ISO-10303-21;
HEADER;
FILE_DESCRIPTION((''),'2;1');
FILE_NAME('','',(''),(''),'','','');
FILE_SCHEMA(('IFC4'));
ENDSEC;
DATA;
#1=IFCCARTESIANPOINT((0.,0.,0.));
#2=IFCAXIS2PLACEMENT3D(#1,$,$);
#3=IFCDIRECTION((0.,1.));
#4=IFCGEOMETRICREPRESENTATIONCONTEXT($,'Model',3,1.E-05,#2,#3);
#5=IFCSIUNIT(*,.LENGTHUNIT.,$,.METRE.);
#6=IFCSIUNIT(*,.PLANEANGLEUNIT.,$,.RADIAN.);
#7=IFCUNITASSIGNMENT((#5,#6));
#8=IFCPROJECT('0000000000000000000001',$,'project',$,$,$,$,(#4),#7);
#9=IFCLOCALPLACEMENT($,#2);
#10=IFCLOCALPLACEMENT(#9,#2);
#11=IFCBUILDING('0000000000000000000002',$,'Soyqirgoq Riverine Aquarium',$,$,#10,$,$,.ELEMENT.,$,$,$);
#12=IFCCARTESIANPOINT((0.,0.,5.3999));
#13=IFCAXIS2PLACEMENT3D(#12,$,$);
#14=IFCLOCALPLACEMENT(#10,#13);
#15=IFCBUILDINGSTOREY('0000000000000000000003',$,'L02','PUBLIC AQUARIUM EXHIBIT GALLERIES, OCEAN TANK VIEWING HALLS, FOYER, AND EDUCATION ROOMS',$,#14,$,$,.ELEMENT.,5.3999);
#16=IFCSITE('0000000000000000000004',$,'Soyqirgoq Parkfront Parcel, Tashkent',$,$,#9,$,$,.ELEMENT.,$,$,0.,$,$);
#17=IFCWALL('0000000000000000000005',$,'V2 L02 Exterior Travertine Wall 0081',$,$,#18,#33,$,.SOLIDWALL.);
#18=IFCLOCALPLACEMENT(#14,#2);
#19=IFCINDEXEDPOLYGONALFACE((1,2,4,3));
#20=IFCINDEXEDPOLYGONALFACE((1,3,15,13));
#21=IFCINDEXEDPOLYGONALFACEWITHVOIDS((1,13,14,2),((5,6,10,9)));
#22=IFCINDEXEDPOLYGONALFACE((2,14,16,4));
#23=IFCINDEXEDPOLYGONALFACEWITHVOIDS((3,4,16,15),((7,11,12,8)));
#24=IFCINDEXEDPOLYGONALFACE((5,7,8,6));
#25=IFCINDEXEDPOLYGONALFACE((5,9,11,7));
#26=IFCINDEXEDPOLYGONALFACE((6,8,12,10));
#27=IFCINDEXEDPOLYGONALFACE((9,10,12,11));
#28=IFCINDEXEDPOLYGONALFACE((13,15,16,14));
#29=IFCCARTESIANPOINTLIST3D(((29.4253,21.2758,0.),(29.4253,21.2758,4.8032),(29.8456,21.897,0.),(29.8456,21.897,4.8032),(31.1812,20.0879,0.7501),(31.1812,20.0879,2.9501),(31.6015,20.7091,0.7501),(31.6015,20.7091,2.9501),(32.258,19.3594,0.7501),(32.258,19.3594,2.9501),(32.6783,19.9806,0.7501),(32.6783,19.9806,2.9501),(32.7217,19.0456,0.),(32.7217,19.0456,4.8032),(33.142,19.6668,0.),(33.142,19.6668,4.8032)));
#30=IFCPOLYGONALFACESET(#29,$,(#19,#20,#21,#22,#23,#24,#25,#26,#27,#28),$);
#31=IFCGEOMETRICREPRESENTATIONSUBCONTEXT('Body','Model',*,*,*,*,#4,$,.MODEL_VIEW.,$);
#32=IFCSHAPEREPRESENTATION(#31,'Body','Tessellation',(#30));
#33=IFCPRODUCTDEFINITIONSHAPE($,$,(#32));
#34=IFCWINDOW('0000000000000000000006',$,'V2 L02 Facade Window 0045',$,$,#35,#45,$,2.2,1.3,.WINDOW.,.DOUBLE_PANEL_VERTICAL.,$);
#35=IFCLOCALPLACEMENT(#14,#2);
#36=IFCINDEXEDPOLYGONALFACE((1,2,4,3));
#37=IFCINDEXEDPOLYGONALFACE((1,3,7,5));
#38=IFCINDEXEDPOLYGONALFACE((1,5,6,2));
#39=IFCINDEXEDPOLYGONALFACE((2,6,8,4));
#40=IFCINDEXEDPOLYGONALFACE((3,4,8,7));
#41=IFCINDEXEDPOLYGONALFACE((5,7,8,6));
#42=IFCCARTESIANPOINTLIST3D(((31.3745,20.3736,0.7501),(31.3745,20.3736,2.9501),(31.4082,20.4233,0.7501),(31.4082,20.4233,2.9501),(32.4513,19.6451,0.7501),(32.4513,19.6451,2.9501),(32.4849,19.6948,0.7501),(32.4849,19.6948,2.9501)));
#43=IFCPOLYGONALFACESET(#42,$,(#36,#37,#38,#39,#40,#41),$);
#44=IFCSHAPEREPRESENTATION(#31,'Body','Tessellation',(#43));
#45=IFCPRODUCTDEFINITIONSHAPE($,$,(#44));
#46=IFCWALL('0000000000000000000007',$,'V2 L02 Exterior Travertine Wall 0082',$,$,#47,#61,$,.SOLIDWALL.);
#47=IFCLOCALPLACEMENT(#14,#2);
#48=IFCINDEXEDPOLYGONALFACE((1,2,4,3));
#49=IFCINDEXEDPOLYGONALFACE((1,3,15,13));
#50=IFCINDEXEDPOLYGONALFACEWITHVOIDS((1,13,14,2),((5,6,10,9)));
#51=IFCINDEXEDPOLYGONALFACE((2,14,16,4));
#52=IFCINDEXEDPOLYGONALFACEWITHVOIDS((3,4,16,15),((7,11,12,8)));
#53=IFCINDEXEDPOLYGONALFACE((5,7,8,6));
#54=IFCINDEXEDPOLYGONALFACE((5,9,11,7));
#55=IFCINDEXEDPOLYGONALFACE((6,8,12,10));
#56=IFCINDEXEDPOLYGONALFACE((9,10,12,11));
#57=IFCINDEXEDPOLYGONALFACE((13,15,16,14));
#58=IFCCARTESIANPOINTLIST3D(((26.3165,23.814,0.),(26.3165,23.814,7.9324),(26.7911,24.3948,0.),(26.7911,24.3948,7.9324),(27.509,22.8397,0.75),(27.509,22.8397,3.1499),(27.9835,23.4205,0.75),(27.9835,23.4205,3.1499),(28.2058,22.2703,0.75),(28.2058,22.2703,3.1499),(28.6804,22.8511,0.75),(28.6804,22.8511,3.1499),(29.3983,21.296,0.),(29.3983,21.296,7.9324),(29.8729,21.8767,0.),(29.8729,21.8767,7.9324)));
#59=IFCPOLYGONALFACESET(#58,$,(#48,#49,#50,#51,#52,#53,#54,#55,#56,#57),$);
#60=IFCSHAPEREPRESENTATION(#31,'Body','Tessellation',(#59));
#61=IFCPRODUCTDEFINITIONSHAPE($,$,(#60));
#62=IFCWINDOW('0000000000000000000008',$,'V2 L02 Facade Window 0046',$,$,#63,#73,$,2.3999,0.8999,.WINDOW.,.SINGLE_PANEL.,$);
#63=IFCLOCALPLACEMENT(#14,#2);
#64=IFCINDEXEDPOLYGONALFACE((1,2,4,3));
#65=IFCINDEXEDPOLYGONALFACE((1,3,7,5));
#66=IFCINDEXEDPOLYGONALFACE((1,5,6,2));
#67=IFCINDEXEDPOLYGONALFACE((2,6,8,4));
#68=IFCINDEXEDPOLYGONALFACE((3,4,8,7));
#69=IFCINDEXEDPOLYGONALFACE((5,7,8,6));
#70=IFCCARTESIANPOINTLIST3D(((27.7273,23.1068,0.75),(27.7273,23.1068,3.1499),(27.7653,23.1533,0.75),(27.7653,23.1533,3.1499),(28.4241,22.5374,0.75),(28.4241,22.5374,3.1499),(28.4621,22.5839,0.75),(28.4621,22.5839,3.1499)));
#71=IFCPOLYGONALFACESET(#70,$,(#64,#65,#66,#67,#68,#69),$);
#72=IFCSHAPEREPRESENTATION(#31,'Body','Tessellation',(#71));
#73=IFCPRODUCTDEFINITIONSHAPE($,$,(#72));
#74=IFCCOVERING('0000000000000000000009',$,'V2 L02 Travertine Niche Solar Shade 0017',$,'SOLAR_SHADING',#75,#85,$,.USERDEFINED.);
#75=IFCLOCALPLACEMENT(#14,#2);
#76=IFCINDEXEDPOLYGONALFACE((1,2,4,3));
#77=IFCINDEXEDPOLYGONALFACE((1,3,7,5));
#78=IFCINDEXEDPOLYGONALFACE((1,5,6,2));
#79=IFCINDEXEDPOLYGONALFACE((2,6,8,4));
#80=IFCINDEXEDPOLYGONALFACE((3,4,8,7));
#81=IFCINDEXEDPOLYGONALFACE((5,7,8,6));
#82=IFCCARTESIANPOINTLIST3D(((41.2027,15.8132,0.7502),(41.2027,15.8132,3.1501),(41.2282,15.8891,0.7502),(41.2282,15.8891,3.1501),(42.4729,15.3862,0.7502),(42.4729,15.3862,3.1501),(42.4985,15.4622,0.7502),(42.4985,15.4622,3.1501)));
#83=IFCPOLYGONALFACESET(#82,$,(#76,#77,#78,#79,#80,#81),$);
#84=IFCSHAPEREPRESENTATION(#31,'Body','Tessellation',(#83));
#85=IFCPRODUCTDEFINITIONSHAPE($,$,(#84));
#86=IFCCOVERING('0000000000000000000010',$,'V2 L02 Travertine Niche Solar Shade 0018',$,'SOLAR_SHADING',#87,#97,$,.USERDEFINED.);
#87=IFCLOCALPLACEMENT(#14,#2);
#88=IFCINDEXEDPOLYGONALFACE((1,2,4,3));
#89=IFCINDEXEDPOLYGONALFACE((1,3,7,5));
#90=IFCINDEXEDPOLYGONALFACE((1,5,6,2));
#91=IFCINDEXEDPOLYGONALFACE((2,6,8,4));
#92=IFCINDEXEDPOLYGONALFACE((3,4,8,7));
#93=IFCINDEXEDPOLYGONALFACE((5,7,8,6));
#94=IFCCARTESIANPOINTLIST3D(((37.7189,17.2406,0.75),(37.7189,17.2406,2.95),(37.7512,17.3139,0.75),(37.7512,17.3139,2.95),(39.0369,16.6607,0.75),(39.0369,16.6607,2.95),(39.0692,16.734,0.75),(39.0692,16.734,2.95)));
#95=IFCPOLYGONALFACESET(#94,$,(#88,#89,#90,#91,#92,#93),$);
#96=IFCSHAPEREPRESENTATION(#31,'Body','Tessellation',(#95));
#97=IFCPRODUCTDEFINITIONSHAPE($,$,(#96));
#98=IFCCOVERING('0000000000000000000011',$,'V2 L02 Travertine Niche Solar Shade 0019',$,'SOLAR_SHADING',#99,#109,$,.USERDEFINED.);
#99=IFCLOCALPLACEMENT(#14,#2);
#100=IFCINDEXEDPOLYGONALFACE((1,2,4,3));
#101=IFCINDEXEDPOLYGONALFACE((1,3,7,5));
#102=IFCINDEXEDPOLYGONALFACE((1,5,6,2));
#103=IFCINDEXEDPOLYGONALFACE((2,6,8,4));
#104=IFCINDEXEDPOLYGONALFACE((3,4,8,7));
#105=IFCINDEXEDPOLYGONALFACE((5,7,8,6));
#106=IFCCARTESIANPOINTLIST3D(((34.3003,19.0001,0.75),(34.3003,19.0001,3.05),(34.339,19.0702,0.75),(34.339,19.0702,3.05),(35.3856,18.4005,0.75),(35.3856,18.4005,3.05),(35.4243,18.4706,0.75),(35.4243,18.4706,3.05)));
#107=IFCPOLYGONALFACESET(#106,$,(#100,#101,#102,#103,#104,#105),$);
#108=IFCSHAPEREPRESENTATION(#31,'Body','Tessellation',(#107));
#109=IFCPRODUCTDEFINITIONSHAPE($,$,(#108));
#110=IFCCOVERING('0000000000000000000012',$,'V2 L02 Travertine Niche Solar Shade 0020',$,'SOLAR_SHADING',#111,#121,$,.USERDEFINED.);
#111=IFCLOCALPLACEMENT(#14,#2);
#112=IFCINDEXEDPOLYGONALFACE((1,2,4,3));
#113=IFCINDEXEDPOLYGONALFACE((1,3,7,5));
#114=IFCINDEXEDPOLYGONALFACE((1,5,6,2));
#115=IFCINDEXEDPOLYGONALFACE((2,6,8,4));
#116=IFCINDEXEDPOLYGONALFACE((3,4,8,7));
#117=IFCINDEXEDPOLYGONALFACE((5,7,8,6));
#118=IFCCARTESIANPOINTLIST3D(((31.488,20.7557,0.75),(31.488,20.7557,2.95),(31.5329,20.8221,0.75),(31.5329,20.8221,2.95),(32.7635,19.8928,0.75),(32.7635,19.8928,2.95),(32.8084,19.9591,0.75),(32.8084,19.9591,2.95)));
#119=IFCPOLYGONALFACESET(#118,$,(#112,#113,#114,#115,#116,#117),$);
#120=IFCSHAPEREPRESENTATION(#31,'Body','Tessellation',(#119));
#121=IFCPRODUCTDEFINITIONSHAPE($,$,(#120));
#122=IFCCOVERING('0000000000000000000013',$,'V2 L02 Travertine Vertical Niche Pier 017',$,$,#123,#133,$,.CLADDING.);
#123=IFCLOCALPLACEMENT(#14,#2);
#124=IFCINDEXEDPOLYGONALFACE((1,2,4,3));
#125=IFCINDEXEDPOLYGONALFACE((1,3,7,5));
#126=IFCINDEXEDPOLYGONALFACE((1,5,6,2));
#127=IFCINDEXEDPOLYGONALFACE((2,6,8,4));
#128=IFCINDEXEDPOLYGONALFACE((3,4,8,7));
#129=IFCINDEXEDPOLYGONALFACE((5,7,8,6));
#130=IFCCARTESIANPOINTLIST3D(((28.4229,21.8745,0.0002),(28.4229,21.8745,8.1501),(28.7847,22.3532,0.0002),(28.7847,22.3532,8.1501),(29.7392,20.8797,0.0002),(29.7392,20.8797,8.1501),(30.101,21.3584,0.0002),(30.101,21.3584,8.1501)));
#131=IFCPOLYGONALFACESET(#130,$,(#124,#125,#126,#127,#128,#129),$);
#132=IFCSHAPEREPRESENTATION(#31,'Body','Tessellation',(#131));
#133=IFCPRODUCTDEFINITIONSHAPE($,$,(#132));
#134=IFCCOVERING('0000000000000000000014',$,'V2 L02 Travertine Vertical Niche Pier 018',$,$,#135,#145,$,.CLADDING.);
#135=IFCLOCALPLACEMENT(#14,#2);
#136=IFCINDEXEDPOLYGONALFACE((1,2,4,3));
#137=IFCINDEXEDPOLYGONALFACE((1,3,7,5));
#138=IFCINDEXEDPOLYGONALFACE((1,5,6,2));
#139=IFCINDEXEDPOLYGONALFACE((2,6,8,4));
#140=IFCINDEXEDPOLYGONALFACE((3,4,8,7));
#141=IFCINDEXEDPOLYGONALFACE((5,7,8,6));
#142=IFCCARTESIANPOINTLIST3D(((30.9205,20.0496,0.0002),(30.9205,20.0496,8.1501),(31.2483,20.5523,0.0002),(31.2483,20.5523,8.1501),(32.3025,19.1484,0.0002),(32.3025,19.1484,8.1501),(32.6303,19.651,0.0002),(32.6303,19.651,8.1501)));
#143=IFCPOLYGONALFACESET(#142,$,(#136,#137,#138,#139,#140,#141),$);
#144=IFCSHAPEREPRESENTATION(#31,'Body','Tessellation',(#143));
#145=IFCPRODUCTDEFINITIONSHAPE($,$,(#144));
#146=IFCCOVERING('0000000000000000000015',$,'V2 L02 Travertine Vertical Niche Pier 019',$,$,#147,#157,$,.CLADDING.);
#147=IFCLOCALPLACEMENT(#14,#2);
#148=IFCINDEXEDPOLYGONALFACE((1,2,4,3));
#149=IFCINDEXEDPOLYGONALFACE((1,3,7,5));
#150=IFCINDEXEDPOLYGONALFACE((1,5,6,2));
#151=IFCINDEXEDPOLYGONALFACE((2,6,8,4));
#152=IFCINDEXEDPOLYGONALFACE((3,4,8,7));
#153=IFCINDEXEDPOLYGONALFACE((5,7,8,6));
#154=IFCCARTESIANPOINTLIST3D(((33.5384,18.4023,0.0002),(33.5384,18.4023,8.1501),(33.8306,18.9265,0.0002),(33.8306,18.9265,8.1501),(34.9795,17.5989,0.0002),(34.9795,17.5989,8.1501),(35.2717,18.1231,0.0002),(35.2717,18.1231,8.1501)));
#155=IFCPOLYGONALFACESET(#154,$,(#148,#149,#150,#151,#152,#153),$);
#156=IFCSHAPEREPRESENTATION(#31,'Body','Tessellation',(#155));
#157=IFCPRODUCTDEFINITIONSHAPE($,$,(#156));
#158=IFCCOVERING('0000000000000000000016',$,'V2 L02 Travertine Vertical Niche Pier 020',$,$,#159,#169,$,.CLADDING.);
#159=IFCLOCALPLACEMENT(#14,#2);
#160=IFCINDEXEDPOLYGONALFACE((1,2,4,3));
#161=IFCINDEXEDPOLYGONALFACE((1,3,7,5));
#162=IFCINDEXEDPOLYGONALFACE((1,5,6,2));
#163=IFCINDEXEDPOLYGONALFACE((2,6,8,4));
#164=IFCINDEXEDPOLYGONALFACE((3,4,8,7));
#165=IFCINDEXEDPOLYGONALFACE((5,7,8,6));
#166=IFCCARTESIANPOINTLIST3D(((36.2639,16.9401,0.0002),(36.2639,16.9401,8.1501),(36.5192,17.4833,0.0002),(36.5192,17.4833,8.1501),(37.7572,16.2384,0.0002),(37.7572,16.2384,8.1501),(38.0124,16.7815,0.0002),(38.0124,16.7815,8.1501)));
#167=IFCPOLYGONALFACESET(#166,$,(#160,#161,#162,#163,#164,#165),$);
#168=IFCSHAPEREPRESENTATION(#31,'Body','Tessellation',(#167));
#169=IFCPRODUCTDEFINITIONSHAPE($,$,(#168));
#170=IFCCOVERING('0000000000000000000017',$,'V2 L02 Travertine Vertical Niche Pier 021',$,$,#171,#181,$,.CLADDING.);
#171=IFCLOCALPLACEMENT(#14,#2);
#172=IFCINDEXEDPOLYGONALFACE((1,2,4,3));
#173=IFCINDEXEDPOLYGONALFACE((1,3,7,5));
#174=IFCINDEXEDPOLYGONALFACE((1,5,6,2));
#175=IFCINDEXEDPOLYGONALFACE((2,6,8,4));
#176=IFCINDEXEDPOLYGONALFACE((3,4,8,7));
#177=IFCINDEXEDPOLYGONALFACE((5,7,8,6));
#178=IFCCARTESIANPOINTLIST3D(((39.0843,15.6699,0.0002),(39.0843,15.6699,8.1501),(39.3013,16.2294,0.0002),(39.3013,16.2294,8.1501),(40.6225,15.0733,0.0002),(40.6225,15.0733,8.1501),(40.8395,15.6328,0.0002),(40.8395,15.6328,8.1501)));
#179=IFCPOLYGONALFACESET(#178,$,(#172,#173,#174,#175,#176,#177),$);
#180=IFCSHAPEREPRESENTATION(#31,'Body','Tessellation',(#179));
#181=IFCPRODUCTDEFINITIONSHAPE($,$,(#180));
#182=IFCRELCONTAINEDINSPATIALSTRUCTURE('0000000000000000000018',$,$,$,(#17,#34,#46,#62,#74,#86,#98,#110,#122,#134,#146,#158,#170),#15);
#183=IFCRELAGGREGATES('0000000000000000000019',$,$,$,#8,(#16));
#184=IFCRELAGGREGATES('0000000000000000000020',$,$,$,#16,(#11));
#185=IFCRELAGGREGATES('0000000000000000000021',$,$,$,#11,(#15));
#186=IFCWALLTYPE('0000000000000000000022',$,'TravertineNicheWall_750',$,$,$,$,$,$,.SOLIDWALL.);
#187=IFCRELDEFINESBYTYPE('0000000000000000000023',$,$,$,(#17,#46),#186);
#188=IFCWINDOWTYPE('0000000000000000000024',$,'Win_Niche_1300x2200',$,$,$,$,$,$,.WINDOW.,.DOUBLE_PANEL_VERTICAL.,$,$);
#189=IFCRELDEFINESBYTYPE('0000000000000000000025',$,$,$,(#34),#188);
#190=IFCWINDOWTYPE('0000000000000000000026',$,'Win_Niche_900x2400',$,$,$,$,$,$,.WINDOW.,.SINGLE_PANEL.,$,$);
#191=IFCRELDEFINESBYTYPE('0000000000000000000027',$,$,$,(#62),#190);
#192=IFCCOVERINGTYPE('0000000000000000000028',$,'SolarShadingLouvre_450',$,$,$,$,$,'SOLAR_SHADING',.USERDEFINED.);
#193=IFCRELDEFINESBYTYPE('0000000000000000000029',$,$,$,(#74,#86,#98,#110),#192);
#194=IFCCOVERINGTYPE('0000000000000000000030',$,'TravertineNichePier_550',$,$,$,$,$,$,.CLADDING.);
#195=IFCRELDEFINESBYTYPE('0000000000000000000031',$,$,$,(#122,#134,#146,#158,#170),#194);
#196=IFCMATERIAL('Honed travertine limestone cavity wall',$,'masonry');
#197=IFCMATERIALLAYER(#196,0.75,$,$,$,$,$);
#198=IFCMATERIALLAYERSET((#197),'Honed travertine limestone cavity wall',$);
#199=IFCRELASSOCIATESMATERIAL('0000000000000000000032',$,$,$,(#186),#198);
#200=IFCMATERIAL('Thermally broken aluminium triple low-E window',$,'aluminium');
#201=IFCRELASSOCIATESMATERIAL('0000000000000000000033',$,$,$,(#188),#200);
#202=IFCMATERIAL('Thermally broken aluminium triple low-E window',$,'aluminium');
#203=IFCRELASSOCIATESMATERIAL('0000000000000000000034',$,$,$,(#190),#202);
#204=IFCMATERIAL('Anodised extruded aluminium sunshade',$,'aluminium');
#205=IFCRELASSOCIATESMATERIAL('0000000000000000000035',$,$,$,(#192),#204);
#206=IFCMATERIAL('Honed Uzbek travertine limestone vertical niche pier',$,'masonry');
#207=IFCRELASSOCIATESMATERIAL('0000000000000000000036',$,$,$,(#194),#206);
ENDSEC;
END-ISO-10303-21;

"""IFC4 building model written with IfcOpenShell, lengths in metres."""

from ifc_helpers import new_model, si_unit, direction, frame, frame_2d, origin, origin_2d, place, context, subcontext, project, spatial, rectangle, extrude, material, layer, layer_set, type_object, element, fill, save


model = new_model("IFC4")

# Units and contexts
model_context = context("Model", 3, precision=1e-05, world=origin(), true_north=direction((0.0, 1.0)))
body_context = subcontext(model_context, "Body", "Model", "MODEL_VIEW")
ifc_project = project(units=[si_unit("LENGTHUNIT", "METRE"), si_unit("PLANEANGLEUNIT", "RADIAN")], contexts=[model_context])

# Site, building, storey
site_placement = place(None, origin())
site = spatial("IfcSite", under=ifc_project, at=site_placement, Name="Soyqirgoq Parkfront Parcel, Tashkent", CompositionType="ELEMENT", RefElevation=0.0)
building_placement = place(site_placement, origin())
building = spatial("IfcBuilding", under=site, at=building_placement, Name="Soyqirgoq Riverine Aquarium", CompositionType="ELEMENT")
storey_placement = place(building_placement, frame((0.0, 0.0, 5.3999)))
storey = spatial("IfcBuildingStorey", under=building, at=storey_placement, Name="L02", Description="PUBLIC AQUARIUM EXHIBIT GALLERIES, OCEAN TANK VIEWING HALLS, FOYER, AND EDUCATION ROOMS", CompositionType="ELEMENT", Elevation=5.3999)

# Walls, openings, windows
ifc_material_1 = material(Name="Honed travertine limestone cavity wall", Category="masonry")
ifc_layer = layer(ifc_material_1, 0.75)
ifc_layer_set = layer_set([ifc_layer], Name="Honed travertine limestone cavity wall")
wall_type = type_object("IfcWallType", Name="TravertineNicheWall_750", PredefinedType="SOLIDWALL", material=ifc_layer_set)
wall_1_placement = place(storey_placement, frame((32.9319, 19.3562, 0.0), z_axis=(0.0, 0.0, 1.0), x_axis=(-0.828247, 0.560364, 0.0)))
wall_1 = element("IfcWall", 1, at=wall_1_placement, inside=storey, type_object=wall_type, Name="V2 L02 Exterior Travertine Wall 0081", PredefinedType="SOLIDWALL", context=body_context, shape_type="SweptSolid", body=[
    extrude(rectangle(XDim=3.98, YDim=0.75, at=frame_2d((1.99, 0.0))), origin(), (0.0, 0.0, 1.0), 4.8032),
])
opening_1_placement = place(wall_1_placement, frame((0.5601, 0.0, 0.75)))
opening_1 = element("IfcOpeningElement", 2, at=opening_1_placement, cuts=wall_1, PredefinedType="OPENING", context=body_context, shape_type="SweptSolid", body=[
    extrude(rectangle(XDim=1.3, YDim=2.2, at=frame_2d((0.6499, 1.1001))), frame((0.0, 0.385, 0.0), z_axis=(0.0, -1.0, 0.0), x_axis=(1.0, 0.0, 0.0)), (0.0, 0.0, 1.0), 0.77),
])
ifc_material_2 = material(Name="Thermally broken aluminium triple low-E window", Category="aluminium")
window_type_1 = type_object("IfcWindowType", Name="Win_Niche_1300x2200", PartitioningType="DOUBLE_PANEL_VERTICAL", PredefinedType="WINDOW", material=ifc_material_2)
window_1_placement = place(opening_1_placement, origin())
window_1 = element("IfcWindow", 3, at=window_1_placement, inside=storey, type_object=window_type_1, Name="V2 L02 Facade Window 0045", OverallHeight=2.2, OverallWidth=1.3, PartitioningType="DOUBLE_PANEL_VERTICAL", PredefinedType="WINDOW", context=body_context, shape_type="SweptSolid", body=[
    extrude(rectangle(XDim=1.3, YDim=2.2, at=frame_2d((0.6499, 1.1001))), frame((0.0, 0.03, 0.0), z_axis=(0.0, -1.0, 0.0), x_axis=(1.0, 0.0, 0.0)), (0.0, 0.0, 1.0), 0.0601),
])
fill(opening_1, window_1)
wall_2_placement = place(storey_placement, frame((29.6355, 21.5864, 0.0), z_axis=(0.0, 0.0, 1.0), x_axis=(-0.774375, 0.632727, 0.0)))
wall_2 = element("IfcWall", 4, at=wall_2_placement, inside=storey, type_object=wall_type, Name="V2 L02 Exterior Travertine Wall 0082", PredefinedType="SOLIDWALL", context=body_context, shape_type="SweptSolid", body=[
    extrude(rectangle(XDim=3.9797, YDim=0.75, at=frame_2d((1.9897, 0.0))), origin(), (0.0, 0.0, 1.0), 7.9324),
])
opening_2_placement = place(wall_2_placement, frame((1.5398, 0.0, 0.75)))
opening_2 = element("IfcOpeningElement", 5, at=opening_2_placement, cuts=wall_2, PredefinedType="OPENING", context=body_context, shape_type="SweptSolid", body=[
    extrude(rectangle(XDim=0.8999, YDim=2.3999, at=frame_2d((0.45, 1.2))), frame((0.0, 0.385, 0.0), z_axis=(0.0, -1.0, 0.0), x_axis=(1.0, 0.0, 0.0)), (0.0, 0.0, 1.0), 0.77),
])
ifc_material_3 = material(Name="Thermally broken aluminium triple low-E window", Category="aluminium")
window_type_2 = type_object("IfcWindowType", Name="Win_Niche_900x2400", PartitioningType="SINGLE_PANEL", PredefinedType="WINDOW", material=ifc_material_3)
window_2_placement = place(opening_2_placement, origin())
window_2 = element("IfcWindow", 6, at=window_2_placement, inside=storey, type_object=window_type_2, Name="V2 L02 Facade Window 0046", OverallHeight=2.3999, OverallWidth=0.8999, PartitioningType="SINGLE_PANEL", PredefinedType="WINDOW", context=body_context, shape_type="SweptSolid", body=[
    extrude(rectangle(XDim=0.8999, YDim=2.3999, at=frame_2d((0.45, 1.2))), frame((0.0, 0.03, 0.0), z_axis=(0.0, -1.0, 0.0), x_axis=(1.0, 0.0, 0.0)), (0.0, 0.0, 1.0), 0.0601),
])
fill(opening_2, window_2)

# Coverings
ifc_material_4 = material(Name="Anodised extruded aluminium sunshade", Category="aluminium")
covering_type_1 = type_object("IfcCoveringType", Name="SolarShadingLouvre_450", ElementType="SOLAR_SHADING", PredefinedType="USERDEFINED", material=ifc_material_4)
covering_1_placement = place(storey_placement, frame((41.8506, 15.6377, 0.7502), z_axis=(0.0, 0.0, 1.0), x_axis=(-0.94788, 0.318628, 0.0)))
element("IfcCovering", 7, at=covering_1_placement, inside=storey, type_object=covering_type_1, Name="V2 L02 Travertine Niche Solar Shade 0017", ObjectType="SOLAR_SHADING", PredefinedType="USERDEFINED", context=body_context, shape_type="SweptSolid", body=[
    extrude(rectangle(XDim=1.3401, YDim=0.0801, at=origin_2d()), origin(), (0.0, 0.0, 1.0), 2.3999),
])
covering_2_placement = place(storey_placement, frame((38.394, 16.9873, 0.75), z_axis=(0.0, 0.0, 1.0), x_axis=(-0.915311, 0.402747, 0.0)))
element("IfcCovering", 8, at=covering_2_placement, inside=storey, type_object=covering_type_1, Name="V2 L02 Travertine Niche Solar Shade 0018", ObjectType="SOLAR_SHADING", PredefinedType="USERDEFINED", context=body_context, shape_type="SweptSolid", body=[
    extrude(rectangle(XDim=1.4399, YDim=0.0801, at=origin_2d()), origin(), (0.0, 0.0, 1.0), 2.2),
])
covering_3_placement = place(storey_placement, frame((34.8623, 18.7354, 0.75), z_axis=(0.0, 0.0, 1.0), x_axis=(-0.875296, 0.483588, 0.0)))
element("IfcCovering", 9, at=covering_3_placement, inside=storey, type_object=covering_type_1, Name="V2 L02 Travertine Niche Solar Shade 0019", ObjectType="SOLAR_SHADING", PredefinedType="USERDEFINED", context=body_context, shape_type="SweptSolid", body=[
    extrude(rectangle(XDim=1.24, YDim=0.0801, at=origin_2d()), origin(), (0.0, 0.0, 1.0), 2.3),
])
covering_4_placement = place(storey_placement, frame((32.1482, 20.3574, 0.75), z_axis=(0.0, 0.0, 1.0), x_axis=(-0.828256, 0.56035, 0.0)))
element("IfcCovering", 10, at=covering_4_placement, inside=storey, type_object=covering_type_1, Name="V2 L02 Travertine Niche Solar Shade 0020", ObjectType="SOLAR_SHADING", PredefinedType="USERDEFINED", context=body_context, shape_type="SweptSolid", body=[
    extrude(rectangle(XDim=1.54, YDim=0.0801, at=origin_2d()), origin(), (0.0, 0.0, 1.0), 2.2),
])
ifc_material_5 = material(Name="Honed Uzbek travertine limestone vertical niche pier", Category="masonry")
covering_type_2 = type_object("IfcCoveringType", Name="TravertineNichePier_550", PredefinedType="CLADDING", material=ifc_material_5)
for number, where, z_axis, x_axis, name in (
    (11, (29.262, 21.6165, 0.0002), (0.0, 0.0, 1.0), (-0.60293, -0.797794, 0.0), "V2 L02 Travertine Vertical Niche Pier 017"),
    (12, (31.7754, 19.8503, 0.0002), (0.0, 0.0, 1.0), (-0.546248, -0.837623, 0.0), "V2 L02 Travertine Vertical Niche Pier 018"),
    (13, (34.405, 18.2627, 0.0002), (0.0, 0.0, 1.0), (-0.486945, -0.873432, 0.0), "V2 L02 Travertine Vertical Niche Pier 019"),
    (14, (37.1382, 16.8608, 0.0002), (0.0, 0.0, 1.0), (-0.425305, -0.90505, 0.0), "V2 L02 Travertine Vertical Niche Pier 020"),
    (15, (39.9619, 15.6514, 0.0002), (0.0, 0.0, 1.0), (-0.361625, -0.932324, 0.0), "V2 L02 Travertine Vertical Niche Pier 021"),
):
    element("IfcCovering", number, at=place(storey_placement, frame(where, z_axis=z_axis, x_axis=x_axis)), inside=storey, type_object=covering_type_2, Name=name, PredefinedType="CLADDING", context=body_context, shape_type="SweptSolid", body=[
        extrude(rectangle(XDim=0.6001, YDim=1.6499, at=origin_2d()), origin(), (0.0, 0.0, 1.0), 8.1499),
    ])

save(model, "model.ifc")
